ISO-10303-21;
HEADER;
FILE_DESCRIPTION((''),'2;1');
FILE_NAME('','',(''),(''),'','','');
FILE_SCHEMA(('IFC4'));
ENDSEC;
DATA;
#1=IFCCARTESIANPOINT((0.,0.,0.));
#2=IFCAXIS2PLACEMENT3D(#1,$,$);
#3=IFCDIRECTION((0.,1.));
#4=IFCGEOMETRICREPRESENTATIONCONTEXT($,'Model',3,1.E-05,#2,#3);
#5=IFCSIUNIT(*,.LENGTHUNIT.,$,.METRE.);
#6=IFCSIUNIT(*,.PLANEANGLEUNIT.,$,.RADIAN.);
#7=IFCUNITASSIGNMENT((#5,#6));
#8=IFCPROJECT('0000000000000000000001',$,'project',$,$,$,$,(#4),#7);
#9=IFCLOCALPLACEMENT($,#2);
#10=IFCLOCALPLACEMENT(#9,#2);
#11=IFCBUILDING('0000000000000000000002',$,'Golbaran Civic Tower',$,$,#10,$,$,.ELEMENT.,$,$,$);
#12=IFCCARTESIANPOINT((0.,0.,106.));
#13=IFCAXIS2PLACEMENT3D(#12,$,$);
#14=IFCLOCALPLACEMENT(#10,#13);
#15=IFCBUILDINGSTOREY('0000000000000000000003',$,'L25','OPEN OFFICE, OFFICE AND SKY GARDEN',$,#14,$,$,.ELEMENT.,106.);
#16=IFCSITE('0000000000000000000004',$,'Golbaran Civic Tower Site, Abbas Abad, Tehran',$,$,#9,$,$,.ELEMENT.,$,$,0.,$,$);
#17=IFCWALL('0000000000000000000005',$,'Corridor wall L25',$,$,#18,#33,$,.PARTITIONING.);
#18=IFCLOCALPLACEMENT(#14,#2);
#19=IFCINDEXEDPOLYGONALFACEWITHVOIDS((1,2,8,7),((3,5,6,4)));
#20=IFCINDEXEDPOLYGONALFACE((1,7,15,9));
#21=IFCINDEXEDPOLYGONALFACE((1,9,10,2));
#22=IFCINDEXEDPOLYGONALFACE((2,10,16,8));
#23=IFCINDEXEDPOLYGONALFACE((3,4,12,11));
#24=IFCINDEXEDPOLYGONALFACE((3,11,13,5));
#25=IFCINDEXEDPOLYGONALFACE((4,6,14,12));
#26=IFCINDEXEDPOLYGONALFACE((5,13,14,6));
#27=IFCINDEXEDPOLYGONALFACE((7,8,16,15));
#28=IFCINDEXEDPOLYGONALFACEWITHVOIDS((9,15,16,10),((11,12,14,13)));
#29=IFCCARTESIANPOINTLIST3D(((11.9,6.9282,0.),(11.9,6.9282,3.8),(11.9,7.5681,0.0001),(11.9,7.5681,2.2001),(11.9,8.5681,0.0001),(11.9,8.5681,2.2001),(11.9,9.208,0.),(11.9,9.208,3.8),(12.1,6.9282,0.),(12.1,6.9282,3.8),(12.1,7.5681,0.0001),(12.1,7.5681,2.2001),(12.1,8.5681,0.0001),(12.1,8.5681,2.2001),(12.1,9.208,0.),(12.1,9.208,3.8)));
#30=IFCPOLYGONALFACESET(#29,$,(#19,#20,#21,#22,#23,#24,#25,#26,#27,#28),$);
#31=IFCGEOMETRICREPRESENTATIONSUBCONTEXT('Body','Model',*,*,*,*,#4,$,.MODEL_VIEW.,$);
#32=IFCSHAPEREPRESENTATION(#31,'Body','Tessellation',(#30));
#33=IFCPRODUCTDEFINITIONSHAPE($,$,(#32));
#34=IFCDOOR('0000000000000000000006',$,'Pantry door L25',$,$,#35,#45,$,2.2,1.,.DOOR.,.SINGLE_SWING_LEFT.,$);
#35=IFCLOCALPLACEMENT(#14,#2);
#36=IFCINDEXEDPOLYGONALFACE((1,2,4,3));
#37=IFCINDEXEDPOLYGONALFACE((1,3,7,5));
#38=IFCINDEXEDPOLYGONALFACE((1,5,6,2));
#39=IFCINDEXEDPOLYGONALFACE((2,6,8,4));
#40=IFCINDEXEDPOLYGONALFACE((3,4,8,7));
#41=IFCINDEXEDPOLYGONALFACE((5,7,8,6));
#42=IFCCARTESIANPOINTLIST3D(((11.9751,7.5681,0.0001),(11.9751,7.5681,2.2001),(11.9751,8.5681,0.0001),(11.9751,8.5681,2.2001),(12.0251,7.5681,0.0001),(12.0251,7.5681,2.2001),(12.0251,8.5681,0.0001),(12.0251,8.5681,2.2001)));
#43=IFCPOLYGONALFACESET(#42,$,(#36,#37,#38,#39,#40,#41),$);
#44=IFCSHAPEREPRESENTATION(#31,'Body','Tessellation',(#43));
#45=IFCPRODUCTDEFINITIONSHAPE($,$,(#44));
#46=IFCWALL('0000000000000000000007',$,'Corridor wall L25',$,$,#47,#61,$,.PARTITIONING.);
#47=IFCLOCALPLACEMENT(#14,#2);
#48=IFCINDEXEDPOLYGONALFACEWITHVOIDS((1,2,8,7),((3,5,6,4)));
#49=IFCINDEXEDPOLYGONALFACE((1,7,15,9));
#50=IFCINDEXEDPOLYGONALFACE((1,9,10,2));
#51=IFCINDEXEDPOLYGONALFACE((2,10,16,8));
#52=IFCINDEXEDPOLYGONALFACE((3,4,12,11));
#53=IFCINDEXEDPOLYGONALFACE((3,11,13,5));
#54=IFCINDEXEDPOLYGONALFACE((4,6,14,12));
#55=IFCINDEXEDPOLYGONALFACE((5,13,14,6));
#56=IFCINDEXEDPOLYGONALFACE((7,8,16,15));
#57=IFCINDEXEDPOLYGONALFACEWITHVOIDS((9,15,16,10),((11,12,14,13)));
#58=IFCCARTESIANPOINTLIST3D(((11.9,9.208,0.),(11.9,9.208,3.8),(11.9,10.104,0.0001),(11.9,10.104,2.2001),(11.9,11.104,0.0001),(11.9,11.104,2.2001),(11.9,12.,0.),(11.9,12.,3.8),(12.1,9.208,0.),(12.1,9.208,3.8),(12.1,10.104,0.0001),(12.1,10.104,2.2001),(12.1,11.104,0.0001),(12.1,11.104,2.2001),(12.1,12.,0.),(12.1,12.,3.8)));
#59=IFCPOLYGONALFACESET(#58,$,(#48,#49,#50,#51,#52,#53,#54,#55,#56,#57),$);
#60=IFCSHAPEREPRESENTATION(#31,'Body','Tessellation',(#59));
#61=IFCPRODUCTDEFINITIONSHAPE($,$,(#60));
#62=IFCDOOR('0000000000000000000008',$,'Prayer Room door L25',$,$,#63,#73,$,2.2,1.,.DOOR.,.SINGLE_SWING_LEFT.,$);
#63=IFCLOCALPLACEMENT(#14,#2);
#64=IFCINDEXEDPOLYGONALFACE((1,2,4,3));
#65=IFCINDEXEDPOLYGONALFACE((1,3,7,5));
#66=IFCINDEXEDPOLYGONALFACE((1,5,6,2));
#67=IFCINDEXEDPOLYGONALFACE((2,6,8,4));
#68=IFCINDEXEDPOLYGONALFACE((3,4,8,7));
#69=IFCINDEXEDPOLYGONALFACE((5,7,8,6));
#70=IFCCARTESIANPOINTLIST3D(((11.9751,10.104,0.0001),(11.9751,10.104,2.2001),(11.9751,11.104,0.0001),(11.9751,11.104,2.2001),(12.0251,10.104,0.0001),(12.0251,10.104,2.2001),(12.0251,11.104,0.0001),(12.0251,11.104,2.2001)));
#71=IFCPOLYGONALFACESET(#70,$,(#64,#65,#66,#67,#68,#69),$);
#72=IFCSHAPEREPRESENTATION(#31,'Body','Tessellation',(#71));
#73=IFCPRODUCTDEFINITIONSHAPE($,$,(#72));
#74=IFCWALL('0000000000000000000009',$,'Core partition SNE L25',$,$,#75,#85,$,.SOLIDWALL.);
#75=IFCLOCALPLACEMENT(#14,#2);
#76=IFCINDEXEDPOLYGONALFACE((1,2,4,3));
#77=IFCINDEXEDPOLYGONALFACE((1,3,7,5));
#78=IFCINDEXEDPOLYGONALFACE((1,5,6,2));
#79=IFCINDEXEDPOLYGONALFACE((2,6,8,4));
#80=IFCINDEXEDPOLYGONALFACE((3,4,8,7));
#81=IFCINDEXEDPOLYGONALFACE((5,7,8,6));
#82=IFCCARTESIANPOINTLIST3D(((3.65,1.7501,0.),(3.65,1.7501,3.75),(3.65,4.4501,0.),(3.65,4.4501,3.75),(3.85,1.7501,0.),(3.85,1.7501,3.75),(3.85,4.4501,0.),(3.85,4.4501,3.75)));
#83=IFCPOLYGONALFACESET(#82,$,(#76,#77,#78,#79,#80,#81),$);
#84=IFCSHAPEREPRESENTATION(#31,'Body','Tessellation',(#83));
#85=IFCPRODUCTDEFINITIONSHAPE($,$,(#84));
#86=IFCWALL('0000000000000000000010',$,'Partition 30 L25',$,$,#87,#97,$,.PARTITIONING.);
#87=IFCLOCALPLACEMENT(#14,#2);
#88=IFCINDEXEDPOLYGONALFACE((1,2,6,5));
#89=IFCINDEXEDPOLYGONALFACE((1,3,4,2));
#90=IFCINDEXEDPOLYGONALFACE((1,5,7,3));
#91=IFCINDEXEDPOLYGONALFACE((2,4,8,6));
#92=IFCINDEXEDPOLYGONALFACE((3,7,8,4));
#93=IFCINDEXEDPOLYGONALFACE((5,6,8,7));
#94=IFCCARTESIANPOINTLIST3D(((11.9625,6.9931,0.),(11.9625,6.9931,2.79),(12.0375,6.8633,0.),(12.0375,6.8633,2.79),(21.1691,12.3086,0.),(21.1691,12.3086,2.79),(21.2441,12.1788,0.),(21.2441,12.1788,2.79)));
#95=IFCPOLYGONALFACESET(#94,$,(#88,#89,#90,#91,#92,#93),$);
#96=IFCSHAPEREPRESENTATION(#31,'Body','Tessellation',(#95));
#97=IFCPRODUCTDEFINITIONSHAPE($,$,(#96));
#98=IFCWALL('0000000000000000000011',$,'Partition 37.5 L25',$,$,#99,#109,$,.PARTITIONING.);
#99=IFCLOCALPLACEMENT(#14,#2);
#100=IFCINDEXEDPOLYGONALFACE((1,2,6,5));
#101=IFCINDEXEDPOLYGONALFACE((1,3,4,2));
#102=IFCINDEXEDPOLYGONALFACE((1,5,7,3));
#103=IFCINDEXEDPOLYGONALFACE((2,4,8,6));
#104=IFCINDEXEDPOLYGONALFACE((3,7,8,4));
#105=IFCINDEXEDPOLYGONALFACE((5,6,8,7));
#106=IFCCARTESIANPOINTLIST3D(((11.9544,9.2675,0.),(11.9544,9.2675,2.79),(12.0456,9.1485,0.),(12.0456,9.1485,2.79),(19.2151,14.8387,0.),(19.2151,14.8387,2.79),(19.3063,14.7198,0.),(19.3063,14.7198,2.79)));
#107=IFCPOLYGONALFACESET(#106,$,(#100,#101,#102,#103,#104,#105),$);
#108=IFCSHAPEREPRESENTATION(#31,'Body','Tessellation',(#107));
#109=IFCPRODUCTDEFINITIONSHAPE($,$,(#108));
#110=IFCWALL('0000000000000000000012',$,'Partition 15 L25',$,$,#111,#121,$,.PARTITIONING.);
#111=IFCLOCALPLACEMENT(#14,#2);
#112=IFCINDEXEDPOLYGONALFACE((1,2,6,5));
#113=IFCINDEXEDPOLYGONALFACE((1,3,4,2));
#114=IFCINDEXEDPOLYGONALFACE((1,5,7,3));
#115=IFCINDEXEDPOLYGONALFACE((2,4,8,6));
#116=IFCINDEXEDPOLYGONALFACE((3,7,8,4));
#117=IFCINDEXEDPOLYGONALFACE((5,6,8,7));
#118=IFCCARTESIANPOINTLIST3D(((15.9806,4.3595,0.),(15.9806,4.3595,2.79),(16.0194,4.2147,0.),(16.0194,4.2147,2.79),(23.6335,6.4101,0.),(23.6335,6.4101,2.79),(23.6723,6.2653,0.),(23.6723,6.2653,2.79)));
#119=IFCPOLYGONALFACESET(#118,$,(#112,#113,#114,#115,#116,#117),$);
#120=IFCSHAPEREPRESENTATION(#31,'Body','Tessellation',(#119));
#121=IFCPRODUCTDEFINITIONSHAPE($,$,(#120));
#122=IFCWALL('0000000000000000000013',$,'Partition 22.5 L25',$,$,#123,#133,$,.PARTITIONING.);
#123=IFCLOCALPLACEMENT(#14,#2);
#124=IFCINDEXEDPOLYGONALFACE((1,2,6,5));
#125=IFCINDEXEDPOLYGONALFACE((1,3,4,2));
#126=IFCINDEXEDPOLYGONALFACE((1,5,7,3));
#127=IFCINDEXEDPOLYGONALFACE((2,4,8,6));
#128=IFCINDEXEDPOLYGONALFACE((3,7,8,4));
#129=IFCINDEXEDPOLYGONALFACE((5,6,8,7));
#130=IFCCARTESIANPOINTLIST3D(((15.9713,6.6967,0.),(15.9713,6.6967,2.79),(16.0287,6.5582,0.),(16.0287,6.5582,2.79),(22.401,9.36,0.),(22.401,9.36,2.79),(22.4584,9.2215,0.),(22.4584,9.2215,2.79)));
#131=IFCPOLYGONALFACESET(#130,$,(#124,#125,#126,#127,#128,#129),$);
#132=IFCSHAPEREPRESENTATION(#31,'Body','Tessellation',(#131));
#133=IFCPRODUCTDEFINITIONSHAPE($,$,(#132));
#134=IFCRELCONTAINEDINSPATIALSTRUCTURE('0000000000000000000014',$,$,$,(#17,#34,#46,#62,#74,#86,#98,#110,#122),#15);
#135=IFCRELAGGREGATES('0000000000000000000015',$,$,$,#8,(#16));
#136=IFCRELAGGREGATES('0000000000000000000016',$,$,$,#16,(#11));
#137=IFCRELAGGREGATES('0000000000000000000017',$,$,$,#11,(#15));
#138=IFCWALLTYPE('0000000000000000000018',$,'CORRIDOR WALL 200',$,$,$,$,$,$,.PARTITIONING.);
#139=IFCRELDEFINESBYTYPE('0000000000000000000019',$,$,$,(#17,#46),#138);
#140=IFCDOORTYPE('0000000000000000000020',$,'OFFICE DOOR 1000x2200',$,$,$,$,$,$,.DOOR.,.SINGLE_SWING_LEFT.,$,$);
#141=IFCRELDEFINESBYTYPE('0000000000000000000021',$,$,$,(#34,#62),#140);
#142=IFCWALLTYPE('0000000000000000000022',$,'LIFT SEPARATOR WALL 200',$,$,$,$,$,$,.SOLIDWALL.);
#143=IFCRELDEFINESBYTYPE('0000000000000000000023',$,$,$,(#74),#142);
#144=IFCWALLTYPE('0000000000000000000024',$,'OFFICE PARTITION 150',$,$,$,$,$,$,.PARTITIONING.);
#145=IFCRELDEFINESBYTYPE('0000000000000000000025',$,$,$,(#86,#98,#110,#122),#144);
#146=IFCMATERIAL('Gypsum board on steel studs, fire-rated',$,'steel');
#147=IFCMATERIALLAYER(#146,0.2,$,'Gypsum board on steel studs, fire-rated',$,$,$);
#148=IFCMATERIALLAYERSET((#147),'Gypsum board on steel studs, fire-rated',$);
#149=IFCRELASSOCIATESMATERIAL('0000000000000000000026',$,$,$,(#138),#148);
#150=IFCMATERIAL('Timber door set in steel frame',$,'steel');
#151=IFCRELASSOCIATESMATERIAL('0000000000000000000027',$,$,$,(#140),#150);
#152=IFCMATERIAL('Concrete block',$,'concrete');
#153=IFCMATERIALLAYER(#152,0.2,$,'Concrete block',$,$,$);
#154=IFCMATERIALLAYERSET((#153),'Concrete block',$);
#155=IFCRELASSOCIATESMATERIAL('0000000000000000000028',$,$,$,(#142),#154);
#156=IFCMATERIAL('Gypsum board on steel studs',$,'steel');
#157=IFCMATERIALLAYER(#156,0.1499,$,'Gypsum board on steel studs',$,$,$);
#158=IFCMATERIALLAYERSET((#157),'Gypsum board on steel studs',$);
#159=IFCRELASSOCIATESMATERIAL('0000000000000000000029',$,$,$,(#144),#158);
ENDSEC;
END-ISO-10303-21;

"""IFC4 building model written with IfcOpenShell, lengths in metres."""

from ifc_helpers import new_model, si_unit, direction, frame, frame_2d, origin, place, context, subcontext, project, spatial, rectangle, extrude, material, layer, layer_set, type_object, element, fill, save


model = new_model("IFC4")

# Units and contexts
model_context = context("Model", 3, precision=1e-05, world=origin(), true_north=direction((0.0, 1.0)))
body_context = subcontext(model_context, "Body", "Model", "MODEL_VIEW")
ifc_project = project(units=[si_unit("LENGTHUNIT", "METRE"), si_unit("PLANEANGLEUNIT", "RADIAN")], contexts=[model_context])

# Site, building, storey
site_placement = place(None, origin())
site = spatial("IfcSite", under=ifc_project, at=site_placement, Name="Golbaran Civic Tower Site, Abbas Abad, Tehran", CompositionType="ELEMENT", RefElevation=0.0)
building_placement = place(site_placement, origin())
building = spatial("IfcBuilding", under=site, at=building_placement, Name="Golbaran Civic Tower", CompositionType="ELEMENT")
storey_placement = place(building_placement, frame((0.0, 0.0, 106.0)))
storey = spatial("IfcBuildingStorey", under=building, at=storey_placement, Name="L25", Description="OPEN OFFICE, OFFICE AND SKY GARDEN", CompositionType="ELEMENT", Elevation=106.0)

# Shared definitions
ifc_material_1 = material(Name="Concrete block", Category="concrete")
ifc_material_2 = material(Name="Timber door set in steel frame", Category="steel")

# Walls, openings, doors
ifc_material_3 = material(Name="Gypsum board on steel studs, fire-rated", Category="steel")
ifc_layer_1 = layer(ifc_material_3, 0.2, Name="Gypsum board on steel studs, fire-rated")
ifc_layer_set_1 = layer_set([ifc_layer_1], Name="Gypsum board on steel studs, fire-rated")
wall_type_1 = type_object("IfcWallType", Name="CORRIDOR WALL 200", PredefinedType="PARTITIONING", material=ifc_layer_set_1)
wall_1_placement = place(storey_placement, frame((12.0, 6.9282, 0.0), z_axis=(0.0, 0.0, 1.0), x_axis=(0.0, 1.0, 0.0)))
wall_1 = element("IfcWall", 1, at=wall_1_placement, inside=storey, type_object=wall_type_1, Name="Corridor wall L25", PredefinedType="PARTITIONING", context=body_context, shape_type="SweptSolid", body=[
    extrude(rectangle(XDim=2.2798, YDim=0.2, at=frame_2d((1.1399, 0.0))), origin(), (0.0, 0.0, 1.0), 3.8),
])
opening_1_placement = place(wall_1_placement, frame((0.6399, 0.0, 0.0)))
opening_1 = element("IfcOpeningElement", 2, at=opening_1_placement, cuts=wall_1, PredefinedType="OPENING", context=body_context, shape_type="SweptSolid", body=[
    extrude(rectangle(XDim=1.0, YDim=2.2, at=frame_2d((0.5, 1.1001))), frame((0.0, 0.1099, 0.0), z_axis=(0.0, -1.0, 0.0), x_axis=(1.0, 0.0, 0.0)), (0.0, 0.0, 1.0), 0.22),
])
door_type_1 = type_object("IfcDoorType", Name="OFFICE DOOR 1000x2200", OperationType="SINGLE_SWING_LEFT", PredefinedType="DOOR", material=ifc_material_2)
door_1_placement = place(opening_1_placement, origin())
door_1 = element("IfcDoor", 3, at=door_1_placement, inside=storey, type_object=door_type_1, Name="Pantry door L25", OperationType="SINGLE_SWING_LEFT", OverallHeight=2.2, OverallWidth=1.0, PredefinedType="DOOR", context=body_context, shape_type="SweptSolid", body=[
    extrude(rectangle(XDim=1.0, YDim=2.2, at=frame_2d((0.5, 1.1001))), frame((0.0, 0.0249, 0.0), z_axis=(0.0, -1.0, 0.0), x_axis=(1.0, 0.0, 0.0)), (0.0, 0.0, 1.0), 0.05),
])
fill(opening_1, door_1)
wall_2_placement = place(storey_placement, frame((12.0, 9.208, 0.0), z_axis=(0.0, 0.0, 1.0), x_axis=(0.0, 1.0, 0.0)))
wall_2 = element("IfcWall", 4, at=wall_2_placement, inside=storey, type_object=wall_type_1, Name="Corridor wall L25", PredefinedType="PARTITIONING", context=body_context, shape_type="SweptSolid", body=[
    extrude(rectangle(XDim=2.792, YDim=0.2, at=frame_2d((1.396, 0.0))), origin(), (0.0, 0.0, 1.0), 3.8),
])
opening_2_placement = place(wall_2_placement, frame((0.896, 0.0, 0.0)))
opening_2 = element("IfcOpeningElement", 5, at=opening_2_placement, cuts=wall_2, PredefinedType="OPENING", context=body_context, shape_type="SweptSolid", body=[
    extrude(rectangle(XDim=1.0, YDim=2.2, at=frame_2d((0.5, 1.1001))), frame((0.0, 0.1099, 0.0), z_axis=(0.0, -1.0, 0.0), x_axis=(1.0, 0.0, 0.0)), (0.0, 0.0, 1.0), 0.22),
])
door_2_placement = place(opening_2_placement, origin())
door_2 = element("IfcDoor", 6, at=door_2_placement, inside=storey, type_object=door_type_1, Name="Prayer Room door L25", OperationType="SINGLE_SWING_LEFT", OverallHeight=2.2, OverallWidth=1.0, PredefinedType="DOOR", context=body_context, shape_type="SweptSolid", body=[
    extrude(rectangle(XDim=1.0, YDim=2.2, at=frame_2d((0.5, 1.1001))), frame((0.0, 0.0249, 0.0), z_axis=(0.0, -1.0, 0.0), x_axis=(1.0, 0.0, 0.0)), (0.0, 0.0, 1.0), 0.05),
])
fill(opening_2, door_2)

# Walls
ifc_layer_2 = layer(ifc_material_1, 0.2, Name="Concrete block")
ifc_layer_set_2 = layer_set([ifc_layer_2], Name="Concrete block")
wall_type_2 = type_object("IfcWallType", Name="LIFT SEPARATOR WALL 200", PredefinedType="SOLIDWALL", material=ifc_layer_set_2)
wall_3_placement = place(storey_placement, frame((3.75, 1.75, 0.0), z_axis=(0.0, 0.0, 1.0), x_axis=(0.0, 1.0, 0.0)))
element("IfcWall", 7, at=wall_3_placement, inside=storey, type_object=wall_type_2, Name="Core partition SNE L25", PredefinedType="SOLIDWALL", context=body_context, shape_type="SweptSolid", body=[
    extrude(rectangle(XDim=2.7, YDim=0.2, at=frame_2d((1.3501, 0.0))), origin(), (0.0, 0.0, 1.0), 3.75),
])
ifc_material_4 = material(Name="Gypsum board on steel studs", Category="steel")
ifc_layer_3 = layer(ifc_material_4, 0.1499, Name="Gypsum board on steel studs")
ifc_layer_set_3 = layer_set([ifc_layer_3], Name="Gypsum board on steel studs")
wall_type_3 = type_object("IfcWallType", Name="OFFICE PARTITION 150", PredefinedType="PARTITIONING", material=ifc_layer_set_3)
wall_4_placement = place(storey_placement, frame((12.0, 6.9282, 0.0), z_axis=(0.0, 0.0, 1.0), x_axis=(0.866024, 0.500002, 0.0)))
element("IfcWall", 8, at=wall_4_placement, inside=storey, type_object=wall_type_3, Name="Partition 30 L25", PredefinedType="PARTITIONING", context=body_context, shape_type="SweptSolid", body=[
    extrude(rectangle(XDim=10.6309, YDim=0.1499, at=frame_2d((5.3154, 0.0))), origin(), (0.0, 0.0, 1.0), 2.79),
])
wall_5_placement = place(storey_placement, frame((12.0, 9.208, 0.0), z_axis=(0.0, 0.0, 1.0), x_axis=(0.793357, 0.608756, 0.0)))
element("IfcWall", 9, at=wall_5_placement, inside=storey, type_object=wall_type_3, Name="Partition 37.5 L25", PredefinedType="PARTITIONING", context=body_context, shape_type="SweptSolid", body=[
    extrude(rectangle(XDim=9.1519, YDim=0.1499, at=frame_2d((4.5759, 0.0))), origin(), (0.0, 0.0, 1.0), 2.79),
])
wall_6_placement = place(storey_placement, frame((16.0, 4.2871, 0.0), z_axis=(0.0, 0.0, 1.0), x_axis=(0.965927, 0.258815, 0.0)))
element("IfcWall", 10, at=wall_6_placement, inside=storey, type_object=wall_type_3, Name="Partition 15 L25", PredefinedType="PARTITIONING", context=body_context, shape_type="SweptSolid", body=[
    extrude(rectangle(XDim=7.9229, YDim=0.1499, at=frame_2d((3.9614, 0.0))), origin(), (0.0, 0.0, 1.0), 2.79),
])
wall_7_placement = place(storey_placement, frame((16.0, 6.6274, 0.0), z_axis=(0.0, 0.0, 1.0), x_axis=(0.923876, 0.382692, 0.0)))
element("IfcWall", 11, at=wall_7_placement, inside=storey, type_object=wall_type_3, Name="Partition 22.5 L25", PredefinedType="PARTITIONING", context=body_context, shape_type="SweptSolid", body=[
    extrude(rectangle(XDim=6.9595, YDim=0.1499, at=frame_2d((3.4797, 0.0))), origin(), (0.0, 0.0, 1.0), 2.79),
])

save(model, "model.ifc")
